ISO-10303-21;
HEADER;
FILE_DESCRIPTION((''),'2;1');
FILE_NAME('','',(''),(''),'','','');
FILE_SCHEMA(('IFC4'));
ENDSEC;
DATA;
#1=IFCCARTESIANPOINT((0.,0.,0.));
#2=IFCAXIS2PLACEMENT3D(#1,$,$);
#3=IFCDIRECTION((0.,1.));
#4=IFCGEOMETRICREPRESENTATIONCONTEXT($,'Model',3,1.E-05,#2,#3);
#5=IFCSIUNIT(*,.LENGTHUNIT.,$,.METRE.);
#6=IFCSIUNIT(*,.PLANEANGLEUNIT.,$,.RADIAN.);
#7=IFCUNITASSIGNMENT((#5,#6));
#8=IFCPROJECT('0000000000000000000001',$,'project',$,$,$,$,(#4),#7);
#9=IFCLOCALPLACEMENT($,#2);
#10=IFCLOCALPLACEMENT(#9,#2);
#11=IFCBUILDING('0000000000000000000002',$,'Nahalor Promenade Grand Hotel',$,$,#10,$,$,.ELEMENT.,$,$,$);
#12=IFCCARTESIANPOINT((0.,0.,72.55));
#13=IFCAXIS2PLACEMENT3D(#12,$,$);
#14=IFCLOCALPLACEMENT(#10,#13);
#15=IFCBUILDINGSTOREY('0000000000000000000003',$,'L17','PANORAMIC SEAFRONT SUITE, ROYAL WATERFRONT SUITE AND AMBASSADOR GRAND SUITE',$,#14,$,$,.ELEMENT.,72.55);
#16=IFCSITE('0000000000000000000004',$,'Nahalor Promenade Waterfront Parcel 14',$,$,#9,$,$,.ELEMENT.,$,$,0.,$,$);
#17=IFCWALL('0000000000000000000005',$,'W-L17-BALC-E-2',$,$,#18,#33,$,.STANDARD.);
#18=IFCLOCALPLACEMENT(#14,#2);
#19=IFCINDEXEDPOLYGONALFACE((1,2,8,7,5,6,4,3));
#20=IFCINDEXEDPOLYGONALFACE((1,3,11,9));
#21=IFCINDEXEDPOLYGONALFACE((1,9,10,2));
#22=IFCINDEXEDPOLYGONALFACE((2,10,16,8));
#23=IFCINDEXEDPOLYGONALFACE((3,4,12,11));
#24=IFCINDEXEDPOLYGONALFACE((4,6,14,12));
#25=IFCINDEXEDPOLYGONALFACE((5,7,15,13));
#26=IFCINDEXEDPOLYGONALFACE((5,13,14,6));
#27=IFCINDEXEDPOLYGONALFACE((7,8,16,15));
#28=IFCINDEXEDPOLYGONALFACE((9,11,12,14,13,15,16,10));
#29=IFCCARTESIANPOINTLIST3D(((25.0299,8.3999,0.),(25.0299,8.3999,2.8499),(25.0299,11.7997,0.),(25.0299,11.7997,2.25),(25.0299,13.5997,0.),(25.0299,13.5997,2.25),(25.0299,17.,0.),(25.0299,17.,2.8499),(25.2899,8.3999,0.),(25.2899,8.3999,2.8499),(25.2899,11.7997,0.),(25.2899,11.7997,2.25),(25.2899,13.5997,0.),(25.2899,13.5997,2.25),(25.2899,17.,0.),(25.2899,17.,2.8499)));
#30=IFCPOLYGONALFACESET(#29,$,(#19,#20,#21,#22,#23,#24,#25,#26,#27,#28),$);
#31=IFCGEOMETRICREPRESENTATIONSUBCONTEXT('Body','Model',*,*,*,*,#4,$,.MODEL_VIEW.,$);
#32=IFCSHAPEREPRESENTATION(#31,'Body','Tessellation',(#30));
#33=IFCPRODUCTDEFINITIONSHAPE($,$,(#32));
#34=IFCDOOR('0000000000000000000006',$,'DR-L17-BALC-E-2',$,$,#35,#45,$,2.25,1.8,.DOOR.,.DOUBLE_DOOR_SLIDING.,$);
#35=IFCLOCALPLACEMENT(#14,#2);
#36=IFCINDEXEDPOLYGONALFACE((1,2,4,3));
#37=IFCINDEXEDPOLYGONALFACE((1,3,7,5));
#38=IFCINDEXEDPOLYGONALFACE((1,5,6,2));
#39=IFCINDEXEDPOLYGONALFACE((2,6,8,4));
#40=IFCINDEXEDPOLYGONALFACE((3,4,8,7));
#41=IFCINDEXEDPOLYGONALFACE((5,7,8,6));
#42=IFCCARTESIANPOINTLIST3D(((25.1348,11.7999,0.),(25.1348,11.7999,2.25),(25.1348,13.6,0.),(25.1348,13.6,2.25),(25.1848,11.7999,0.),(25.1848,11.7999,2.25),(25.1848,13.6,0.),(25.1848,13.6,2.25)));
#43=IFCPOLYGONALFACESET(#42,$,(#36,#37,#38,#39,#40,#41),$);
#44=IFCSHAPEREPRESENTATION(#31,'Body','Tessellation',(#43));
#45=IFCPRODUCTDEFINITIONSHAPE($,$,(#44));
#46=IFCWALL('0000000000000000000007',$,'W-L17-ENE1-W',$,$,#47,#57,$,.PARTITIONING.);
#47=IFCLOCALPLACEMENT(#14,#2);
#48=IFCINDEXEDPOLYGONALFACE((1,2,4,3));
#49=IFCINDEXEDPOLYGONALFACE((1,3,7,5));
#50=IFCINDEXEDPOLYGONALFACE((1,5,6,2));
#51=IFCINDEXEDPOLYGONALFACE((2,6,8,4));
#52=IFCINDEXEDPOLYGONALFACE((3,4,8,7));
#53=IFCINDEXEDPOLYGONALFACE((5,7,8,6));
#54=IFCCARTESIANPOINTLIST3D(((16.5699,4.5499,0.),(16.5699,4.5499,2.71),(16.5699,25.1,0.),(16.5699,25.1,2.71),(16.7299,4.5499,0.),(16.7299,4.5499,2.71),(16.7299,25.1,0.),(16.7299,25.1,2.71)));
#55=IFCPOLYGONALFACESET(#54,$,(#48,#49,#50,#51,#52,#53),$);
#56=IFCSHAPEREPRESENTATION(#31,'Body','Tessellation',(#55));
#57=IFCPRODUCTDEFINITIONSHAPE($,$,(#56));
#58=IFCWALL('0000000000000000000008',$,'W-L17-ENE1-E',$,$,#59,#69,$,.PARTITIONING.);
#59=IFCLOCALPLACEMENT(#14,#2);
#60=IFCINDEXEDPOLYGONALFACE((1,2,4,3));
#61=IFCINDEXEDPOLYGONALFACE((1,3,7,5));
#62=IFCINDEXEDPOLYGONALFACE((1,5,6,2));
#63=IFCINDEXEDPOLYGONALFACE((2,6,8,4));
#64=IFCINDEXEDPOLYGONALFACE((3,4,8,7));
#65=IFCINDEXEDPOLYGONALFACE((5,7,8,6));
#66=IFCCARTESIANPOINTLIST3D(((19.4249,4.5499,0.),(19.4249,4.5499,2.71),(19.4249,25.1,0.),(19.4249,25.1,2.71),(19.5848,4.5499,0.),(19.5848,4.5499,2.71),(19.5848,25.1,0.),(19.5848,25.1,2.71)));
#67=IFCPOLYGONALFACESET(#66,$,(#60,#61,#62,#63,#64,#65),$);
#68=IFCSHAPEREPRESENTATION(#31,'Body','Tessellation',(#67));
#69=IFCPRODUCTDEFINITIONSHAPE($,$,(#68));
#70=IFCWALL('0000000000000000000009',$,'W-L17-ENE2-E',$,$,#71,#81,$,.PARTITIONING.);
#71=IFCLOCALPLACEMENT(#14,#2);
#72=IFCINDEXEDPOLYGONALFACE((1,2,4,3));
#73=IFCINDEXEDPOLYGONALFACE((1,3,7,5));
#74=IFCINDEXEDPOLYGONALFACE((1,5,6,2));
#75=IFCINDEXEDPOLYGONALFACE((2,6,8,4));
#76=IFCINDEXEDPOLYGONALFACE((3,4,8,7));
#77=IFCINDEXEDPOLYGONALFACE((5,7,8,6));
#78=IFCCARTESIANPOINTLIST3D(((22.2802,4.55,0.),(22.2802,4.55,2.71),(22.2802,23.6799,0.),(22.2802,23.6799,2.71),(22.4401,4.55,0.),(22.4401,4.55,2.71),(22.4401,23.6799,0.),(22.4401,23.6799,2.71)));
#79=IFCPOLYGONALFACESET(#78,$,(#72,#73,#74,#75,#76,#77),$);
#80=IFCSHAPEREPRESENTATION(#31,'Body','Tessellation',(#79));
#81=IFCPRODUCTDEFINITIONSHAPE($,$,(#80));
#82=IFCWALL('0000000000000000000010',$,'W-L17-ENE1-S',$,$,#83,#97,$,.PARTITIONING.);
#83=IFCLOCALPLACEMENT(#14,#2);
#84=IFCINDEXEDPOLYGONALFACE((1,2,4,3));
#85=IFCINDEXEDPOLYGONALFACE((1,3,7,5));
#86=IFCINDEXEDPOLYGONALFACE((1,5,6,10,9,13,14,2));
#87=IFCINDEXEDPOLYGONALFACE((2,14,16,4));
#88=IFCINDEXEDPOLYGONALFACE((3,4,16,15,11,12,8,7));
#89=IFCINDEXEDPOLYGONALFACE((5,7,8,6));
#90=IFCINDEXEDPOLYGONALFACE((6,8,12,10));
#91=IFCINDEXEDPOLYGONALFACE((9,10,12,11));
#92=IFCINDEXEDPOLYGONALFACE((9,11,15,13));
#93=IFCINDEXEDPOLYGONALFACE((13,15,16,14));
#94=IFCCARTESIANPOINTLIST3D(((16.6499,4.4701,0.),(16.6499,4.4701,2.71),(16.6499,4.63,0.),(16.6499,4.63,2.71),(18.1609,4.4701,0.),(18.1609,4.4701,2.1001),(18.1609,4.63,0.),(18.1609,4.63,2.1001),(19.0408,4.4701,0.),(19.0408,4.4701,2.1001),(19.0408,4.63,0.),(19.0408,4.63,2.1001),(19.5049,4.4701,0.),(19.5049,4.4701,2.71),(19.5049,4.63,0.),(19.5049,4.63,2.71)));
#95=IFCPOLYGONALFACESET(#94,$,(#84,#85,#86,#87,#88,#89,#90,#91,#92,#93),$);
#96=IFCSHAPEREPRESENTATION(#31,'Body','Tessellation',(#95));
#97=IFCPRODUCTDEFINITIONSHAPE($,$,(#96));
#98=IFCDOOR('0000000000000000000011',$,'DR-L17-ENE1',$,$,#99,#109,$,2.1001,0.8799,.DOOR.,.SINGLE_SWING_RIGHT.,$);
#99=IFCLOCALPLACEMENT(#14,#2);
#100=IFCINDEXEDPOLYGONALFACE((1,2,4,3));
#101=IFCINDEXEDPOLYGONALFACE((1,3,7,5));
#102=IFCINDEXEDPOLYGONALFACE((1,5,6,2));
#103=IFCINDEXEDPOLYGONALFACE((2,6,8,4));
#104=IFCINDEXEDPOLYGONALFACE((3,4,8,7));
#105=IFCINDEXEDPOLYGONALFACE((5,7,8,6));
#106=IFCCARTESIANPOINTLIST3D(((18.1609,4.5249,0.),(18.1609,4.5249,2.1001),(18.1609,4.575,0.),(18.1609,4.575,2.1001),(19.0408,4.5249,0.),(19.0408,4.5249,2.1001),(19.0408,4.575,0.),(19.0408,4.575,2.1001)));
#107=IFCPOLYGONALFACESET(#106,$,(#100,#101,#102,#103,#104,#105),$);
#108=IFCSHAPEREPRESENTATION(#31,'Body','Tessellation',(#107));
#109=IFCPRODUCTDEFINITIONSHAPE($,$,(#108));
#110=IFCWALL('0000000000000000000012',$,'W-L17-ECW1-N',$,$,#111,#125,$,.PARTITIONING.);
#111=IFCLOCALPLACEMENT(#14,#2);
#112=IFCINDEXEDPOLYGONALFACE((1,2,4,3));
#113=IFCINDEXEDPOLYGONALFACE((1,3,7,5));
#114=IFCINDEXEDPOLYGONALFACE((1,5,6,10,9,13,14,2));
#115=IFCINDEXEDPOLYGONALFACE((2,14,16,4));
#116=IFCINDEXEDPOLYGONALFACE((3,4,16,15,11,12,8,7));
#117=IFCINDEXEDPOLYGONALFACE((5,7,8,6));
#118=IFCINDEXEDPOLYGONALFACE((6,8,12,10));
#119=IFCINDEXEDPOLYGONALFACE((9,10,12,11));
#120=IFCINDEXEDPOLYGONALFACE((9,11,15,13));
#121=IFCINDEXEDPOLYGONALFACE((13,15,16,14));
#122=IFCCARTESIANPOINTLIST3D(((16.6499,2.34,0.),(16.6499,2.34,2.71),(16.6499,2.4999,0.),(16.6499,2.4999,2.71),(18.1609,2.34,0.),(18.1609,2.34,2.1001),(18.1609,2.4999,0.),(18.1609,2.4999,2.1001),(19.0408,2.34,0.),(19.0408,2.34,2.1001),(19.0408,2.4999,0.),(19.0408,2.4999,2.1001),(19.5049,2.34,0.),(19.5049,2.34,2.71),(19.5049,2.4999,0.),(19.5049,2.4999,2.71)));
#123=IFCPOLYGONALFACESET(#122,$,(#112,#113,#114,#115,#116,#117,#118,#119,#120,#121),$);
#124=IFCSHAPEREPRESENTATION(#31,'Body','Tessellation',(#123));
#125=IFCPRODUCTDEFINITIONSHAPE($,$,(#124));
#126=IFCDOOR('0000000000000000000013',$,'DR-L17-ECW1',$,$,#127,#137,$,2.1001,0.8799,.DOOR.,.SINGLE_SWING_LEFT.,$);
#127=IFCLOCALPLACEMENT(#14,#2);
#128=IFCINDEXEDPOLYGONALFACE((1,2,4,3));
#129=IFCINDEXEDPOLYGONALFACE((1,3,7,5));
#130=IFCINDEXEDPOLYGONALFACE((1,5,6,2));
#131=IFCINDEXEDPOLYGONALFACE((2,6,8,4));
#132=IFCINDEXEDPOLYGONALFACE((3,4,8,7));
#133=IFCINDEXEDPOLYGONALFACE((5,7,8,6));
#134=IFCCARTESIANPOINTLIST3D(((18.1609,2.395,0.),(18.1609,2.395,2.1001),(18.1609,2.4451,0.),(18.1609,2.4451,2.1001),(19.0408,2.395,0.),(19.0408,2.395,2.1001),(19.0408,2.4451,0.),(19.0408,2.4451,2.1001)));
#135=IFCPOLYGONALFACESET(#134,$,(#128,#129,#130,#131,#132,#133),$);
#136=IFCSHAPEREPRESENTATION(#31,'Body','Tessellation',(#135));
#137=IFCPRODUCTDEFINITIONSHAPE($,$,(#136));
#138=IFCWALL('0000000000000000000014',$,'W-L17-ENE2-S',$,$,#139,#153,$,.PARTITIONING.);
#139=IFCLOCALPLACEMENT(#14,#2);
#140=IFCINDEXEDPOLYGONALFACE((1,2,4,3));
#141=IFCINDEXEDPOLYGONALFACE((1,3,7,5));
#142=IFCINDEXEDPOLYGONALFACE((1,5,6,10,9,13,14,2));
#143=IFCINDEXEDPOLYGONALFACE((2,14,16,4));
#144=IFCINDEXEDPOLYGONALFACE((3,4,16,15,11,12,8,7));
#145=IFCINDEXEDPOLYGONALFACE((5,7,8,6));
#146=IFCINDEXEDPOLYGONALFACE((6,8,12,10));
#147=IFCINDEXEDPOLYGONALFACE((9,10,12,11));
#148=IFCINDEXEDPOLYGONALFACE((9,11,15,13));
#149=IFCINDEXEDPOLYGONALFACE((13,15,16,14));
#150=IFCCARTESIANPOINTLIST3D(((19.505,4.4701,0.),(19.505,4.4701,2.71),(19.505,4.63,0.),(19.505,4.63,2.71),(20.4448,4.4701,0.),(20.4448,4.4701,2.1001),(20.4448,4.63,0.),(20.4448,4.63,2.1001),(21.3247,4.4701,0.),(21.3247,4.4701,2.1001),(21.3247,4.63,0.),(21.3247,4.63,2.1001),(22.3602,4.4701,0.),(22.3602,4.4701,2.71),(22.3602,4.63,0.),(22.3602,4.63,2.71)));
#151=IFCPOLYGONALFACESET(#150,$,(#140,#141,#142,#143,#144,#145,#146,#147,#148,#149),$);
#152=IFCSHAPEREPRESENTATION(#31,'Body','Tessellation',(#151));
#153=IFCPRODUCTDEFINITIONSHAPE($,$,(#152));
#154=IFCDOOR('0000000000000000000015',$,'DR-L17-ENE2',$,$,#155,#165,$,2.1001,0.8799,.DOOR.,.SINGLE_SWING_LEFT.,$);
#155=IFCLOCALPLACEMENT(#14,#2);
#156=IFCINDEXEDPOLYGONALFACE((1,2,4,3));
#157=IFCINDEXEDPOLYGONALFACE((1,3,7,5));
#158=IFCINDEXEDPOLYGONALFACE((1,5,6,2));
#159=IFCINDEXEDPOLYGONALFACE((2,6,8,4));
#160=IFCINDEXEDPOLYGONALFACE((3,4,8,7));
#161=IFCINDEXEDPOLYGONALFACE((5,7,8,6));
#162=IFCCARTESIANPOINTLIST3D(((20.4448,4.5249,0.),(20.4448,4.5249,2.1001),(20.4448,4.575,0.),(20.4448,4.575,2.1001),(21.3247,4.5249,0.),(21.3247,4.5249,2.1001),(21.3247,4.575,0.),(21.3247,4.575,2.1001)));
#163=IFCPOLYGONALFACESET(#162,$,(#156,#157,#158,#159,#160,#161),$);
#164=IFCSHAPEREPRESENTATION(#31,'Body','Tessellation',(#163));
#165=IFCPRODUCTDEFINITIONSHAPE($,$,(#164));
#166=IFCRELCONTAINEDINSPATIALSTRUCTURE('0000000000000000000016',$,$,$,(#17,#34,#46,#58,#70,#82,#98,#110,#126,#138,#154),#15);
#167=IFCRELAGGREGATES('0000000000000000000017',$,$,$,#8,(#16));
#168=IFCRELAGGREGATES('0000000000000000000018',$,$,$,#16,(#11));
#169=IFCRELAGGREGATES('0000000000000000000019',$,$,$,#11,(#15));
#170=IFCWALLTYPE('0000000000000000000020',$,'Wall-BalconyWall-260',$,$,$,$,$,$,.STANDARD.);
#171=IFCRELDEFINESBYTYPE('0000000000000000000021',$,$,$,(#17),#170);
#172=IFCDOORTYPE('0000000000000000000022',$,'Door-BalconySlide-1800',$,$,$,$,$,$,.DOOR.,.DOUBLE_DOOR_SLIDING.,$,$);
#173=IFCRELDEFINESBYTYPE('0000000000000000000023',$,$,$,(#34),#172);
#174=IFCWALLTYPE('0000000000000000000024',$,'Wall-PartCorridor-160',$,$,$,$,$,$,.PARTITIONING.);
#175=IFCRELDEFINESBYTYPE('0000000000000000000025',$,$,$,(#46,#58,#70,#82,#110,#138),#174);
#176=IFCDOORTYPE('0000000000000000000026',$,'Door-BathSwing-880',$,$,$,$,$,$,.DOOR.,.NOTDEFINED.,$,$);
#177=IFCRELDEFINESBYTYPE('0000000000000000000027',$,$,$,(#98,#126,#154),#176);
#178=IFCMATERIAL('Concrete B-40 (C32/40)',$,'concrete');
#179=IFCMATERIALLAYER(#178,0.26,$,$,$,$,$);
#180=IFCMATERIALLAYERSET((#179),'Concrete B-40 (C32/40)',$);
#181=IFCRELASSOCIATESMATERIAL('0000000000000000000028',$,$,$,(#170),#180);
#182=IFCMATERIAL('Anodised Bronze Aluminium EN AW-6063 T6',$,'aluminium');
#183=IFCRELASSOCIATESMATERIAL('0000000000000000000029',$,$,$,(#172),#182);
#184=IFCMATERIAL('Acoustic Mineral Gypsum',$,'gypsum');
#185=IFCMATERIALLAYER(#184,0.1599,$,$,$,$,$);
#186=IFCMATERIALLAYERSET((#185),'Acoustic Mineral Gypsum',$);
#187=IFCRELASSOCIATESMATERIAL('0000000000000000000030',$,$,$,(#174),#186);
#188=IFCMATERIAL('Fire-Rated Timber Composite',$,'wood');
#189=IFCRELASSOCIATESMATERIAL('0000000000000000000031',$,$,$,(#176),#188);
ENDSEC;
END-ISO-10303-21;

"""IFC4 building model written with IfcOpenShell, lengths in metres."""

from ifc_helpers import new_model, si_unit, direction, frame, frame_2d, origin, place, context, subcontext, project, spatial, rectangle, extrude, source, transform, mapped, material, layer, layer_set, type_object, element, fill, save


model = new_model("IFC4")

# Units and contexts
model_context = context("Model", 3, precision=1e-05, world=origin(), true_north=direction((0.0, 1.0)))
body_context = subcontext(model_context, "Body", "Model", "MODEL_VIEW")
ifc_project = project(units=[si_unit("LENGTHUNIT", "METRE"), si_unit("PLANEANGLEUNIT", "RADIAN")], contexts=[model_context])

# Site, building, storey
site_placement = place(None, origin())
site = spatial("IfcSite", under=ifc_project, at=site_placement, Name="Nahalor Promenade Waterfront Parcel 14", CompositionType="ELEMENT", RefElevation=0.0)
building_placement = place(site_placement, origin())
building = spatial("IfcBuilding", under=site, at=building_placement, Name="Nahalor Promenade Grand Hotel", CompositionType="ELEMENT")
storey_placement = place(building_placement, frame((0.0, 0.0, 72.55)))
storey = spatial("IfcBuildingStorey", under=building, at=storey_placement, Name="L17", Description="PANORAMIC SEAFRONT SUITE, ROYAL WATERFRONT SUITE AND AMBASSADOR GRAND SUITE", CompositionType="ELEMENT", Elevation=72.55)

# Shared definitions
ifc_material_1 = material(Name="Anodised Bronze Aluminium EN AW-6063 T6", Category="aluminium")

# Wall, opening, door
ifc_material_2 = material(Name="Concrete B-40 (C32/40)", Category="concrete")
ifc_layer_1 = layer(ifc_material_2, 0.26)
ifc_layer_set_1 = layer_set([ifc_layer_1], Name="Concrete B-40 (C32/40)")
wall_type_1 = type_object("IfcWallType", Name="Wall-BalconyWall-260", PredefinedType="STANDARD", material=ifc_layer_set_1)
shared_shape_1 = source(origin(), body_context, "Body", "SweptSolid", [
    extrude(rectangle(XDim=8.6001, YDim=0.26, at=frame_2d((4.3, 0.0))), origin(), (0.0, 0.0, 1.0), 2.8499),
])
wall_1_placement = place(storey_placement, frame((25.1599, 8.3999, 0.0), z_axis=(0.0, 0.0, 1.0), x_axis=(0.0, 1.0, 0.0)))
wall_1 = element("IfcWall", 1, at=wall_1_placement, inside=storey, type_object=wall_type_1, Name="W-L17-BALC-E-2", PredefinedType="STANDARD", context=body_context, shape_type="MappedRepresentation", body=[
    mapped(shared_shape_1, transform((0.0, 0.0, 0.0), scale=1.0)),
])
opening_1_placement = place(wall_1_placement, frame((3.3999, 0.0, 0.0)))
opening_1 = element("IfcOpeningElement", 2, at=opening_1_placement, cuts=wall_1, PredefinedType="OPENING", context=body_context, shape_type="SweptSolid", body=[
    extrude(rectangle(XDim=1.8, YDim=2.25, at=frame_2d((0.8999, 1.125))), frame((0.0, 0.1399, 0.0), z_axis=(0.0, -1.0, 0.0), x_axis=(1.0, 0.0, 0.0)), (0.0, 0.0, 1.0), 0.28),
])
door_type_1 = type_object("IfcDoorType", Name="Door-BalconySlide-1800", OperationType="DOUBLE_DOOR_SLIDING", PredefinedType="DOOR", material=ifc_material_1)
shared_shape_2 = source(origin(), body_context, "Body", "SweptSolid", [
    extrude(rectangle(XDim=1.8, YDim=2.25, at=frame_2d((0.8999, 1.125))), frame((0.0, 0.0249, 0.0), z_axis=(0.0, -1.0, 0.0), x_axis=(1.0, 0.0, 0.0)), (0.0, 0.0, 1.0), 0.05),
])
door_1_placement = place(opening_1_placement, frame((1.8, 0.0, 0.0), z_axis=(0.0, 0.0, 1.0), x_axis=(-1.0, 0.0, 0.0)))
door_1 = element("IfcDoor", 3, at=door_1_placement, inside=storey, type_object=door_type_1, Name="DR-L17-BALC-E-2", OperationType="DOUBLE_DOOR_SLIDING", OverallHeight=2.25, OverallWidth=1.8, PredefinedType="DOOR", context=body_context, shape_type="MappedRepresentation", body=[
    mapped(shared_shape_2, transform((0.0, 0.0, 0.0), scale=1.0)),
])
fill(opening_1, door_1)

# Walls
ifc_material_3 = material(Name="Acoustic Mineral Gypsum", Category="gypsum")
ifc_layer_2 = layer(ifc_material_3, 0.1599)
ifc_layer_set_2 = layer_set([ifc_layer_2], Name="Acoustic Mineral Gypsum")
wall_type_2 = type_object("IfcWallType", Name="Wall-PartCorridor-160", PredefinedType="PARTITIONING", material=ifc_layer_set_2)
shared_shape_3 = source(origin(), body_context, "Body", "SweptSolid", [
    extrude(rectangle(XDim=20.55, YDim=0.1599, at=frame_2d((10.2749, 0.0))), origin(), (0.0, 0.0, 1.0), 2.71),
])
for number, where, z_axis, x_axis, name in (
    (4, (16.6499, 4.55, 0.0), (0.0, 0.0, 1.0), (0.0, 1.0, 0.0), "W-L17-ENE1-W"),
    (5, (19.5049, 4.55, 0.0), (0.0, 0.0, 1.0), (0.0, 1.0, 0.0), "W-L17-ENE1-E"),
):
    element("IfcWall", number, at=place(storey_placement, frame(where, z_axis=z_axis, x_axis=x_axis)), inside=storey, type_object=wall_type_2, Name=name, PredefinedType="PARTITIONING", context=body_context, shape_type="MappedRepresentation", body=[
        mapped(shared_shape_3, transform((0.0, 0.0, 0.0), scale=1.0)),
    ])
shared_shape_4 = source(origin(), body_context, "Body", "SweptSolid", [
    extrude(rectangle(XDim=19.1299, YDim=0.1599, at=frame_2d((9.5649, 0.0))), origin(), (0.0, 0.0, 1.0), 2.71),
])
wall_2_placement = place(storey_placement, frame((22.3601, 4.55, 0.0), z_axis=(0.0, 0.0, 1.0), x_axis=(0.0, 1.0, 0.0)))
element("IfcWall", 6, at=wall_2_placement, inside=storey, type_object=wall_type_2, Name="W-L17-ENE2-E", PredefinedType="PARTITIONING", context=body_context, shape_type="MappedRepresentation", body=[
    mapped(shared_shape_4, transform((0.0, 0.0, 0.0), scale=1.0)),
])

# Walls, openings, doors
shared_shape_5 = source(origin(), body_context, "Body", "SweptSolid", [
    extrude(rectangle(XDim=2.855, YDim=0.1599, at=frame_2d((1.4275, 0.0))), origin(), (0.0, 0.0, 1.0), 2.71),
])
wall_3_placement = place(storey_placement, frame((16.6499, 4.55, 0.0), z_axis=(0.0, 0.0, 1.0), x_axis=(1.0, 0.0, 0.0)))
wall_3 = element("IfcWall", 7, at=wall_3_placement, inside=storey, type_object=wall_type_2, Name="W-L17-ENE1-S", PredefinedType="PARTITIONING", context=body_context, shape_type="MappedRepresentation", body=[
    mapped(shared_shape_5, transform((0.0, 0.0, 0.0), scale=1.0)),
])
opening_2_placement = place(wall_3_placement, frame((1.511, 0.0, 0.0)))
opening_2 = element("IfcOpeningElement", 8, at=opening_2_placement, cuts=wall_3, PredefinedType="OPENING", context=body_context, shape_type="SweptSolid", body=[
    extrude(rectangle(XDim=0.8799, YDim=2.1001, at=frame_2d((0.4399, 1.05))), frame((0.0, 0.0898, 0.0), z_axis=(0.0, -1.0, 0.0), x_axis=(1.0, 0.0, 0.0)), (0.0, 0.0, 1.0), 0.1799),
])
ifc_material_4 = material(Name="Fire-Rated Timber Composite", Category="wood")
door_type_2 = type_object("IfcDoorType", Name="Door-BathSwing-880", OperationType="NOTDEFINED", PredefinedType="DOOR", material=ifc_material_4)
shared_shape_6 = source(origin(), body_context, "Body", "SweptSolid", [
    extrude(rectangle(XDim=0.8799, YDim=2.1001, at=frame_2d((0.4399, 1.05))), frame((0.0, 0.0249, 0.0), z_axis=(0.0, -1.0, 0.0), x_axis=(1.0, 0.0, 0.0)), (0.0, 0.0, 1.0), 0.05),
])
door_2_placement = place(opening_2_placement, origin())
door_2 = element("IfcDoor", 9, at=door_2_placement, inside=storey, type_object=door_type_2, Name="DR-L17-ENE1", OperationType="SINGLE_SWING_RIGHT", OverallHeight=2.1001, OverallWidth=0.8799, PredefinedType="DOOR", context=body_context, shape_type="MappedRepresentation", body=[
    mapped(shared_shape_6, transform((0.0, 0.0, 0.0), scale=1.0)),
])
fill(opening_2, door_2)
wall_4_placement = place(storey_placement, frame((16.6499, 2.4199, 0.0), z_axis=(0.0, 0.0, 1.0), x_axis=(1.0, 0.0, 0.0)))
wall_4 = element("IfcWall", 10, at=wall_4_placement, inside=storey, type_object=wall_type_2, Name="W-L17-ECW1-N", PredefinedType="PARTITIONING", context=body_context, shape_type="MappedRepresentation", body=[
    mapped(shared_shape_5, transform((0.0, 0.0, 0.0), scale=1.0)),
])
opening_3_placement = place(wall_4_placement, frame((1.511, 0.0, 0.0)))
opening_3 = element("IfcOpeningElement", 11, at=opening_3_placement, cuts=wall_4, PredefinedType="OPENING", context=body_context, shape_type="SweptSolid", body=[
    extrude(rectangle(XDim=0.8799, YDim=2.1001, at=frame_2d((0.4399, 1.05))), frame((0.0, 0.0898, 0.0), z_axis=(0.0, -1.0, 0.0), x_axis=(1.0, 0.0, 0.0)), (0.0, 0.0, 1.0), 0.1799),
])
door_3_placement = place(opening_3_placement, frame((0.8799, 0.0, 0.0), z_axis=(0.0, 0.0, 1.0), x_axis=(-1.0, 0.0, 0.0)))
door_3 = element("IfcDoor", 12, at=door_3_placement, inside=storey, type_object=door_type_2, Name="DR-L17-ECW1", OperationType="SINGLE_SWING_LEFT", OverallHeight=2.1001, OverallWidth=0.8799, PredefinedType="DOOR", context=body_context, shape_type="MappedRepresentation", body=[
    mapped(shared_shape_6, transform((0.0, 0.0, 0.0), scale=1.0)),
])
fill(opening_3, door_3)
shared_shape_7 = source(origin(), body_context, "Body", "SweptSolid", [
    extrude(rectangle(XDim=2.8552, YDim=0.1599, at=frame_2d((1.4277, 0.0))), origin(), (0.0, 0.0, 1.0), 2.71),
])
wall_5_placement = place(storey_placement, frame((19.5049, 4.55, 0.0), z_axis=(0.0, 0.0, 1.0), x_axis=(1.0, 0.0, 0.0)))
wall_5 = element("IfcWall", 13, at=wall_5_placement, inside=storey, type_object=wall_type_2, Name="W-L17-ENE2-S", PredefinedType="PARTITIONING", context=body_context, shape_type="MappedRepresentation", body=[
    mapped(shared_shape_7, transform((0.0, 0.0, 0.0), scale=1.0)),
])
opening_4_placement = place(wall_5_placement, frame((0.9399, 0.0, 0.0)))
opening_4 = element("IfcOpeningElement", 14, at=opening_4_placement, cuts=wall_5, PredefinedType="OPENING", context=body_context, shape_type="SweptSolid", body=[
    extrude(rectangle(XDim=0.8799, YDim=2.1001, at=frame_2d((0.4399, 1.05))), frame((0.0, 0.0898, 0.0), z_axis=(0.0, -1.0, 0.0), x_axis=(1.0, 0.0, 0.0)), (0.0, 0.0, 1.0), 0.1799),
])
door_4_placement = place(opening_4_placement, origin())
door_4 = element("IfcDoor", 15, at=door_4_placement, inside=storey, type_object=door_type_2, Name="DR-L17-ENE2", OperationType="SINGLE_SWING_LEFT", OverallHeight=2.1001, OverallWidth=0.8799, PredefinedType="DOOR", context=body_context, shape_type="MappedRepresentation", body=[
    mapped(shared_shape_6, transform((0.0, 0.0, 0.0), scale=1.0)),
])
fill(opening_4, door_4)

save(model, "model.ifc")
